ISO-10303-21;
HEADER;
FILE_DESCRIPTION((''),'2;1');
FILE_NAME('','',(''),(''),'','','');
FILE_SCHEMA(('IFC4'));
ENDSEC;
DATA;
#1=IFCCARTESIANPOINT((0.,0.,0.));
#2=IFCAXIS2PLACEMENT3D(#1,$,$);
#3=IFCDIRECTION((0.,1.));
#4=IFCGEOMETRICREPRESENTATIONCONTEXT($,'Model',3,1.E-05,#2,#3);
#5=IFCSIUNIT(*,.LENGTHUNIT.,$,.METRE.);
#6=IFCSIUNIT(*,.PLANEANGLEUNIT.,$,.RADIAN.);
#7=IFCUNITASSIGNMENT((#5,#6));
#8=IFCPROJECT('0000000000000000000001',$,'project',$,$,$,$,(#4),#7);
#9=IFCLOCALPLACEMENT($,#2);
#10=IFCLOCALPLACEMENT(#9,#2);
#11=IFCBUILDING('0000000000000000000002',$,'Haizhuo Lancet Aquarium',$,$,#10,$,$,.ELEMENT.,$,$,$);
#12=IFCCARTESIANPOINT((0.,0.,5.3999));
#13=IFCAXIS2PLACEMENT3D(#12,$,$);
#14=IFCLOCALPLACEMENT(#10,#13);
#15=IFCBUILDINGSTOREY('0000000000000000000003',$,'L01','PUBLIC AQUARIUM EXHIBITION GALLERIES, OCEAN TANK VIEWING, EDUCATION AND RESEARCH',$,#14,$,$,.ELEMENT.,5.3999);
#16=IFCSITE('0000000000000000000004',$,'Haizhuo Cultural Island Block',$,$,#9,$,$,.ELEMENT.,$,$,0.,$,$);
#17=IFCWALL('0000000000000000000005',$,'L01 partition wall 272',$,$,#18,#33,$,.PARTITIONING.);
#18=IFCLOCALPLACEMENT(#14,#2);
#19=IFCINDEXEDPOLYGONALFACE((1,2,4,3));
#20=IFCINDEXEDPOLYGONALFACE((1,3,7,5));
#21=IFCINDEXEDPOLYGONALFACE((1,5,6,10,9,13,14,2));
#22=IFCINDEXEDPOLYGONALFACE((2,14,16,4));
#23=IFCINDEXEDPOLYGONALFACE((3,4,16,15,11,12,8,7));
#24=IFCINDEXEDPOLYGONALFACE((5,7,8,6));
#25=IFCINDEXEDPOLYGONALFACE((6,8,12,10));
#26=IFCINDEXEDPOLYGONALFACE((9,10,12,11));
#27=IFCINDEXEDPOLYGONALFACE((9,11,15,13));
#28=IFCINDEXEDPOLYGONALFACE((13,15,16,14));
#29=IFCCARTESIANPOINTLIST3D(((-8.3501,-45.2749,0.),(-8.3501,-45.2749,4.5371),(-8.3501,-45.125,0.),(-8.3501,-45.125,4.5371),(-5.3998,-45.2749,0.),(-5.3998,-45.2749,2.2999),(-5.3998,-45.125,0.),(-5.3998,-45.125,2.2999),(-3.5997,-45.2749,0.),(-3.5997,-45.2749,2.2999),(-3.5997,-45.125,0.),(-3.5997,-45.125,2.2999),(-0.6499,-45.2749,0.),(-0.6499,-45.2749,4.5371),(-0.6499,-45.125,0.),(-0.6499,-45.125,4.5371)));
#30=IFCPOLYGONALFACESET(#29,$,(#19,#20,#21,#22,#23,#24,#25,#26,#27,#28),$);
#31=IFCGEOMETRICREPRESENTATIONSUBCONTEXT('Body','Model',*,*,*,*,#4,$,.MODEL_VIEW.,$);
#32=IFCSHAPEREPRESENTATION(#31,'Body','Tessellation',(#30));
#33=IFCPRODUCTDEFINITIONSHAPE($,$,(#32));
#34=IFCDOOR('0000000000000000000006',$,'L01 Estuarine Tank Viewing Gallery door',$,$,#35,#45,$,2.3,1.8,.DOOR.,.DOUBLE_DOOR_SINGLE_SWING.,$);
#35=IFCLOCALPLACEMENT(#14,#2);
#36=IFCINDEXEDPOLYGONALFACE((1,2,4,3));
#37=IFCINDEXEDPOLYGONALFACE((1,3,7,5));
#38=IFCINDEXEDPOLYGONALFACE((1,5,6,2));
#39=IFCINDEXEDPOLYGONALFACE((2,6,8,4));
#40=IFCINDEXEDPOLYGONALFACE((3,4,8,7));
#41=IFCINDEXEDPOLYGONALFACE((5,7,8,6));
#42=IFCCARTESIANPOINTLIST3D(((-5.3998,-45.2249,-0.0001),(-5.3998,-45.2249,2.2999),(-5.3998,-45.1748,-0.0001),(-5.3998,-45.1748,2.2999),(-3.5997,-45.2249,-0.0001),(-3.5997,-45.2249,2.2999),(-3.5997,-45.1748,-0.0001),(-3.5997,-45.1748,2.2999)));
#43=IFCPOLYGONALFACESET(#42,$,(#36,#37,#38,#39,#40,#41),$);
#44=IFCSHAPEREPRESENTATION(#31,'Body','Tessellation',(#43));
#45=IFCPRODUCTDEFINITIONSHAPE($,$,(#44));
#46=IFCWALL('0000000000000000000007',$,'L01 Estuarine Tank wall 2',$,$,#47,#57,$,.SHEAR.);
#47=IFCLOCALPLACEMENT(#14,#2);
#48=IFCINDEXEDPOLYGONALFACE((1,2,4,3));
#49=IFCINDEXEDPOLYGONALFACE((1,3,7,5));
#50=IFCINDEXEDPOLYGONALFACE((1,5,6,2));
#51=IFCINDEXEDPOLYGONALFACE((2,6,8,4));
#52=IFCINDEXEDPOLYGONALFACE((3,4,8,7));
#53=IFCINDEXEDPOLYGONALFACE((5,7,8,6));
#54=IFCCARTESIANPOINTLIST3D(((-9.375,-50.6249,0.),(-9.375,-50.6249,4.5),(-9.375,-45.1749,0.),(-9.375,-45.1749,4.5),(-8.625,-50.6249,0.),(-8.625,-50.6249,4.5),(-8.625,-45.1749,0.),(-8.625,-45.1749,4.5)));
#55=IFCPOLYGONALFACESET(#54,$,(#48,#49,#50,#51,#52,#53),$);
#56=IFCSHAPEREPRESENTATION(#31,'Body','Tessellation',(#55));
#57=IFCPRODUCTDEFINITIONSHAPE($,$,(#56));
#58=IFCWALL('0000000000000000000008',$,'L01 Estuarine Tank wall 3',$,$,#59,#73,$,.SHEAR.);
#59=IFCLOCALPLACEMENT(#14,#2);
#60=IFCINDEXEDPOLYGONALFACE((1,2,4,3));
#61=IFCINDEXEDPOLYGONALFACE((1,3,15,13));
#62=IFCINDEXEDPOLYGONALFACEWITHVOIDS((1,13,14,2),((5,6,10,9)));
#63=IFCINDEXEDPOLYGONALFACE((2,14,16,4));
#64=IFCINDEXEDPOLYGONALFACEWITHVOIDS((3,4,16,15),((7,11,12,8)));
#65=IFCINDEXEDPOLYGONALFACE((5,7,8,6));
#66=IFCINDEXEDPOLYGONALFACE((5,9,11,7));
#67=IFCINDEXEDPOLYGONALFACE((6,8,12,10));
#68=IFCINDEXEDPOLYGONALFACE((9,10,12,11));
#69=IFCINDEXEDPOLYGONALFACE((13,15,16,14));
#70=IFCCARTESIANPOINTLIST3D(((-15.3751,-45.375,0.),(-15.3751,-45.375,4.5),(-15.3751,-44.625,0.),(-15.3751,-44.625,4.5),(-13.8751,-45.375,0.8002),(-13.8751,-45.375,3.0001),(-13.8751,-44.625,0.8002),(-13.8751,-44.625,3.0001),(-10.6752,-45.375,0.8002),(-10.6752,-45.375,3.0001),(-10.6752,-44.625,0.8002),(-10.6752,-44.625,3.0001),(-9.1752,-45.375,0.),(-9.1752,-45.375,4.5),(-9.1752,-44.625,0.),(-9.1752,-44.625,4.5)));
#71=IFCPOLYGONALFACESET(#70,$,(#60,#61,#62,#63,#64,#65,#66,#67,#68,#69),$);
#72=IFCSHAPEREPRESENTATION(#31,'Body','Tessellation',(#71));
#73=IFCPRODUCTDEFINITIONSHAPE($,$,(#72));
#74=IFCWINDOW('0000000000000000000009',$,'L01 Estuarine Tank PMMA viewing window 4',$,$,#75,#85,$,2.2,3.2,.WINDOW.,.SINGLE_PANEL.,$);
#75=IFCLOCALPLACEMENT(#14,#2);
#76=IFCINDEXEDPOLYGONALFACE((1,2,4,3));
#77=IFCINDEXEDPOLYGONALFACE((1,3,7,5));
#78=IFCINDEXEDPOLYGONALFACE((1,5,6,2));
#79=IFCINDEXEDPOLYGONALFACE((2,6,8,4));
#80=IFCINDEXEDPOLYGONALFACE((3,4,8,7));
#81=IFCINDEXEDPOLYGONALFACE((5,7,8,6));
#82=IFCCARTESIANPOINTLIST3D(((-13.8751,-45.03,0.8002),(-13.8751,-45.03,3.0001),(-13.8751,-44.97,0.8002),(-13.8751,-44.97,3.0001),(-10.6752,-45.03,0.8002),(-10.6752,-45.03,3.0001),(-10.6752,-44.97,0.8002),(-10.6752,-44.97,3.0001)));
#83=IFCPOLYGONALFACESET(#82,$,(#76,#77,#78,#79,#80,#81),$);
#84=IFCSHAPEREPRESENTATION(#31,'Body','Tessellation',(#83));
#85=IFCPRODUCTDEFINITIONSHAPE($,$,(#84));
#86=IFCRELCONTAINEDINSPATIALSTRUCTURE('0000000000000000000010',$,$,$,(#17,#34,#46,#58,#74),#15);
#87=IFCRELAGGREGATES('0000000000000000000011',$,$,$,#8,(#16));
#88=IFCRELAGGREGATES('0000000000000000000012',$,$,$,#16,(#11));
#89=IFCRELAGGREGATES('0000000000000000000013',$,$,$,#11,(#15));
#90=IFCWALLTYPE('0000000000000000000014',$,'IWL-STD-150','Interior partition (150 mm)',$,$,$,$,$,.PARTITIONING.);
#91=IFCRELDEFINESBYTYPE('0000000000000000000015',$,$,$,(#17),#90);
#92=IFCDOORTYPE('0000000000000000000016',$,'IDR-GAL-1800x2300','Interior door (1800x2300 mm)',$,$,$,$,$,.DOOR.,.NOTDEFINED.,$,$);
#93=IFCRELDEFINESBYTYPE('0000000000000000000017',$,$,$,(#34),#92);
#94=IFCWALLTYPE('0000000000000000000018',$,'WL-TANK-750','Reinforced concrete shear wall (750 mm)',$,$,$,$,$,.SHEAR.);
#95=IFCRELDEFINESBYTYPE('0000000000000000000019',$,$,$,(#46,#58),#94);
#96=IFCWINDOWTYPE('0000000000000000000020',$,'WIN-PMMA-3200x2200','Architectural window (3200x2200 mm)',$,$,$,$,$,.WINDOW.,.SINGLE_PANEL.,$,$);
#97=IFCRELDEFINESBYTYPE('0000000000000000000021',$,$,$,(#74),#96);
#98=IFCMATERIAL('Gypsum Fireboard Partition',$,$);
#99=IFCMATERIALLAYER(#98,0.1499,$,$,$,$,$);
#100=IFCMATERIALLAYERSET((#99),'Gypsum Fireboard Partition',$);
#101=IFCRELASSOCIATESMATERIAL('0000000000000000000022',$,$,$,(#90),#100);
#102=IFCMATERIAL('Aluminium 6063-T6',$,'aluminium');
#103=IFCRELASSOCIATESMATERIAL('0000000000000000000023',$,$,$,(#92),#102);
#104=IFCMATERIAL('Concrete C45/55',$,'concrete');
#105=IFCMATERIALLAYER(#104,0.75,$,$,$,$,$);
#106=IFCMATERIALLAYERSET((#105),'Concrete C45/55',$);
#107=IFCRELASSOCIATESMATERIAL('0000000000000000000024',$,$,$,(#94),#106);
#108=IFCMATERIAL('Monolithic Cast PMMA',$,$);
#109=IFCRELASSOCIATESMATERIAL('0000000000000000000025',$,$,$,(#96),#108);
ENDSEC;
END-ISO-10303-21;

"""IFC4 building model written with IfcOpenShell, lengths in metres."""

from ifc_helpers import new_model, si_unit, direction, frame, frame_2d, origin, place, context, subcontext, project, spatial, rectangle, extrude, material, layer, layer_set, type_object, element, fill, save


model = new_model("IFC4")

# Units and contexts
model_context = context("Model", 3, precision=1e-05, world=origin(), true_north=direction((0.0, 1.0)))
body_context = subcontext(model_context, "Body", "Model", "MODEL_VIEW")
ifc_project = project(units=[si_unit("LENGTHUNIT", "METRE"), si_unit("PLANEANGLEUNIT", "RADIAN")], contexts=[model_context])

# Site, building, storey
site_placement = place(None, origin())
site = spatial("IfcSite", under=ifc_project, at=site_placement, Name="Haizhuo Cultural Island Block", CompositionType="ELEMENT", RefElevation=0.0)
building_placement = place(site_placement, origin())
building = spatial("IfcBuilding", under=site, at=building_placement, Name="Haizhuo Lancet Aquarium", CompositionType="ELEMENT")
storey_placement = place(building_placement, frame((0.0, 0.0, 5.3999)))
storey = spatial("IfcBuildingStorey", under=building, at=storey_placement, Name="L01", Description="PUBLIC AQUARIUM EXHIBITION GALLERIES, OCEAN TANK VIEWING, EDUCATION AND RESEARCH", CompositionType="ELEMENT", Elevation=5.3999)

# Shared definitions
ifc_material_1 = material(Name="Concrete C45/55", Category="concrete")

# Shared definitions
ifc_material_2 = material(Name="Aluminium 6063-T6", Category="aluminium")

# Shared definitions
ifc_material_3 = material(Name="Gypsum Fireboard Partition")
ifc_layer_1 = layer(ifc_material_3, 0.1499)
ifc_layer_set_1 = layer_set([ifc_layer_1], Name="Gypsum Fireboard Partition")
wall_type_1 = type_object("IfcWallType", Name="IWL-STD-150", Description="Interior partition (150 mm)", PredefinedType="PARTITIONING", material=ifc_layer_set_1)

# Wall, opening, door
wall_1_placement = place(storey_placement, frame((-0.6499, -45.2, 0.0), z_axis=(0.0, 0.0, 1.0), x_axis=(-1.0, 0.0, 0.0)))
wall_1 = element("IfcWall", 1, at=wall_1_placement, inside=storey, type_object=wall_type_1, Name="L01 partition wall 272", PredefinedType="PARTITIONING", context=body_context, shape_type="SweptSolid", body=[
    extrude(rectangle(XDim=7.7002, YDim=0.1499, at=frame_2d((3.8501, 0.0))), origin(), (0.0, 0.0, 1.0), 4.5371),
])
opening_1_placement = place(wall_1_placement, frame((2.95, 0.0, 0.0)))
opening_1 = element("IfcOpeningElement", 2, at=opening_1_placement, cuts=wall_1, PredefinedType="OPENING", context=body_context, shape_type="SweptSolid", body=[
    extrude(rectangle(XDim=1.8, YDim=2.3, at=frame_2d((0.8999, 1.1499))), frame((0.0, 0.085, 0.0), z_axis=(0.0, -1.0, 0.0), x_axis=(1.0, 0.0, 0.0)), (0.0, 0.0, 1.0), 0.1699),
])
door_type_1 = type_object("IfcDoorType", Name="IDR-GAL-1800x2300", Description="Interior door (1800x2300 mm)", OperationType="NOTDEFINED", PredefinedType="DOOR", material=ifc_material_2)
door_1_placement = place(opening_1_placement, origin())
door_1 = element("IfcDoor", 3, at=door_1_placement, inside=storey, type_object=door_type_1, Name="L01 Estuarine Tank Viewing Gallery door", OperationType="DOUBLE_DOOR_SINGLE_SWING", OverallHeight=2.3, OverallWidth=1.8, PredefinedType="DOOR", context=body_context, shape_type="SweptSolid", body=[
    extrude(rectangle(XDim=1.8, YDim=2.3, at=frame_2d((0.8999, 1.1499))), frame((0.0, 0.0249, 0.0), z_axis=(0.0, -1.0, 0.0), x_axis=(1.0, 0.0, 0.0)), (0.0, 0.0, 1.0), 0.05),
])
fill(opening_1, door_1)

# Wall
ifc_layer_2 = layer(ifc_material_1, 0.75)
ifc_layer_set_2 = layer_set([ifc_layer_2], Name="Concrete C45/55")
wall_type_2 = type_object("IfcWallType", Name="WL-TANK-750", Description="Reinforced concrete shear wall (750 mm)", PredefinedType="SHEAR", material=ifc_layer_set_2)
wall_2_placement = place(storey_placement, frame((-9.0, -50.625, 0.0), z_axis=(0.0, 0.0, 1.0), x_axis=(0.0, 1.0, 0.0)))
element("IfcWall", 4, at=wall_2_placement, inside=storey, type_object=wall_type_2, Name="L01 Estuarine Tank wall 2", PredefinedType="SHEAR", context=body_context, shape_type="SweptSolid", body=[
    extrude(rectangle(XDim=5.45, YDim=0.75, at=frame_2d((2.7251, 0.0))), origin(), (0.0, 0.0, 1.0), 4.5),
])

# Wall, opening, window
wall_3_placement = place(storey_placement, frame((-9.175, -45.0, 0.0), z_axis=(0.0, 0.0, 1.0), x_axis=(-1.0, 0.0, 0.0)))
wall_3 = element("IfcWall", 5, at=wall_3_placement, inside=storey, type_object=wall_type_2, Name="L01 Estuarine Tank wall 3", PredefinedType="SHEAR", context=body_context, shape_type="SweptSolid", body=[
    extrude(rectangle(XDim=6.2, YDim=0.75, at=frame_2d((3.1001, 0.0))), origin(), (0.0, 0.0, 1.0), 4.5),
])
opening_2_placement = place(wall_3_placement, frame((1.5, 0.0, 0.8)))
opening_2 = element("IfcOpeningElement", 6, at=opening_2_placement, cuts=wall_3, PredefinedType="OPENING", context=body_context, shape_type="SweptSolid", body=[
    extrude(rectangle(XDim=3.2, YDim=2.2, at=frame_2d((1.6001, 1.1001))), frame((0.0, 0.385, 0.0), z_axis=(0.0, -1.0, 0.0), x_axis=(1.0, 0.0, 0.0)), (0.0, 0.0, 1.0), 0.77),
])
ifc_material_4 = material(Name="Monolithic Cast PMMA")
window_type = type_object("IfcWindowType", Name="WIN-PMMA-3200x2200", Description="Architectural window (3200x2200 mm)", PartitioningType="SINGLE_PANEL", PredefinedType="WINDOW", material=ifc_material_4)
window_placement = place(opening_2_placement, origin())
window = element("IfcWindow", 7, at=window_placement, inside=storey, type_object=window_type, Name="L01 Estuarine Tank PMMA viewing window 4", OverallHeight=2.2, OverallWidth=3.2, PartitioningType="SINGLE_PANEL", PredefinedType="WINDOW", context=body_context, shape_type="SweptSolid", body=[
    extrude(rectangle(XDim=3.2, YDim=2.2, at=frame_2d((1.6001, 1.1001))), frame((0.0, 0.03, 0.0), z_axis=(0.0, -1.0, 0.0), x_axis=(1.0, 0.0, 0.0)), (0.0, 0.0, 1.0), 0.0601),
])
fill(opening_2, window)

save(model, "model.ifc")
